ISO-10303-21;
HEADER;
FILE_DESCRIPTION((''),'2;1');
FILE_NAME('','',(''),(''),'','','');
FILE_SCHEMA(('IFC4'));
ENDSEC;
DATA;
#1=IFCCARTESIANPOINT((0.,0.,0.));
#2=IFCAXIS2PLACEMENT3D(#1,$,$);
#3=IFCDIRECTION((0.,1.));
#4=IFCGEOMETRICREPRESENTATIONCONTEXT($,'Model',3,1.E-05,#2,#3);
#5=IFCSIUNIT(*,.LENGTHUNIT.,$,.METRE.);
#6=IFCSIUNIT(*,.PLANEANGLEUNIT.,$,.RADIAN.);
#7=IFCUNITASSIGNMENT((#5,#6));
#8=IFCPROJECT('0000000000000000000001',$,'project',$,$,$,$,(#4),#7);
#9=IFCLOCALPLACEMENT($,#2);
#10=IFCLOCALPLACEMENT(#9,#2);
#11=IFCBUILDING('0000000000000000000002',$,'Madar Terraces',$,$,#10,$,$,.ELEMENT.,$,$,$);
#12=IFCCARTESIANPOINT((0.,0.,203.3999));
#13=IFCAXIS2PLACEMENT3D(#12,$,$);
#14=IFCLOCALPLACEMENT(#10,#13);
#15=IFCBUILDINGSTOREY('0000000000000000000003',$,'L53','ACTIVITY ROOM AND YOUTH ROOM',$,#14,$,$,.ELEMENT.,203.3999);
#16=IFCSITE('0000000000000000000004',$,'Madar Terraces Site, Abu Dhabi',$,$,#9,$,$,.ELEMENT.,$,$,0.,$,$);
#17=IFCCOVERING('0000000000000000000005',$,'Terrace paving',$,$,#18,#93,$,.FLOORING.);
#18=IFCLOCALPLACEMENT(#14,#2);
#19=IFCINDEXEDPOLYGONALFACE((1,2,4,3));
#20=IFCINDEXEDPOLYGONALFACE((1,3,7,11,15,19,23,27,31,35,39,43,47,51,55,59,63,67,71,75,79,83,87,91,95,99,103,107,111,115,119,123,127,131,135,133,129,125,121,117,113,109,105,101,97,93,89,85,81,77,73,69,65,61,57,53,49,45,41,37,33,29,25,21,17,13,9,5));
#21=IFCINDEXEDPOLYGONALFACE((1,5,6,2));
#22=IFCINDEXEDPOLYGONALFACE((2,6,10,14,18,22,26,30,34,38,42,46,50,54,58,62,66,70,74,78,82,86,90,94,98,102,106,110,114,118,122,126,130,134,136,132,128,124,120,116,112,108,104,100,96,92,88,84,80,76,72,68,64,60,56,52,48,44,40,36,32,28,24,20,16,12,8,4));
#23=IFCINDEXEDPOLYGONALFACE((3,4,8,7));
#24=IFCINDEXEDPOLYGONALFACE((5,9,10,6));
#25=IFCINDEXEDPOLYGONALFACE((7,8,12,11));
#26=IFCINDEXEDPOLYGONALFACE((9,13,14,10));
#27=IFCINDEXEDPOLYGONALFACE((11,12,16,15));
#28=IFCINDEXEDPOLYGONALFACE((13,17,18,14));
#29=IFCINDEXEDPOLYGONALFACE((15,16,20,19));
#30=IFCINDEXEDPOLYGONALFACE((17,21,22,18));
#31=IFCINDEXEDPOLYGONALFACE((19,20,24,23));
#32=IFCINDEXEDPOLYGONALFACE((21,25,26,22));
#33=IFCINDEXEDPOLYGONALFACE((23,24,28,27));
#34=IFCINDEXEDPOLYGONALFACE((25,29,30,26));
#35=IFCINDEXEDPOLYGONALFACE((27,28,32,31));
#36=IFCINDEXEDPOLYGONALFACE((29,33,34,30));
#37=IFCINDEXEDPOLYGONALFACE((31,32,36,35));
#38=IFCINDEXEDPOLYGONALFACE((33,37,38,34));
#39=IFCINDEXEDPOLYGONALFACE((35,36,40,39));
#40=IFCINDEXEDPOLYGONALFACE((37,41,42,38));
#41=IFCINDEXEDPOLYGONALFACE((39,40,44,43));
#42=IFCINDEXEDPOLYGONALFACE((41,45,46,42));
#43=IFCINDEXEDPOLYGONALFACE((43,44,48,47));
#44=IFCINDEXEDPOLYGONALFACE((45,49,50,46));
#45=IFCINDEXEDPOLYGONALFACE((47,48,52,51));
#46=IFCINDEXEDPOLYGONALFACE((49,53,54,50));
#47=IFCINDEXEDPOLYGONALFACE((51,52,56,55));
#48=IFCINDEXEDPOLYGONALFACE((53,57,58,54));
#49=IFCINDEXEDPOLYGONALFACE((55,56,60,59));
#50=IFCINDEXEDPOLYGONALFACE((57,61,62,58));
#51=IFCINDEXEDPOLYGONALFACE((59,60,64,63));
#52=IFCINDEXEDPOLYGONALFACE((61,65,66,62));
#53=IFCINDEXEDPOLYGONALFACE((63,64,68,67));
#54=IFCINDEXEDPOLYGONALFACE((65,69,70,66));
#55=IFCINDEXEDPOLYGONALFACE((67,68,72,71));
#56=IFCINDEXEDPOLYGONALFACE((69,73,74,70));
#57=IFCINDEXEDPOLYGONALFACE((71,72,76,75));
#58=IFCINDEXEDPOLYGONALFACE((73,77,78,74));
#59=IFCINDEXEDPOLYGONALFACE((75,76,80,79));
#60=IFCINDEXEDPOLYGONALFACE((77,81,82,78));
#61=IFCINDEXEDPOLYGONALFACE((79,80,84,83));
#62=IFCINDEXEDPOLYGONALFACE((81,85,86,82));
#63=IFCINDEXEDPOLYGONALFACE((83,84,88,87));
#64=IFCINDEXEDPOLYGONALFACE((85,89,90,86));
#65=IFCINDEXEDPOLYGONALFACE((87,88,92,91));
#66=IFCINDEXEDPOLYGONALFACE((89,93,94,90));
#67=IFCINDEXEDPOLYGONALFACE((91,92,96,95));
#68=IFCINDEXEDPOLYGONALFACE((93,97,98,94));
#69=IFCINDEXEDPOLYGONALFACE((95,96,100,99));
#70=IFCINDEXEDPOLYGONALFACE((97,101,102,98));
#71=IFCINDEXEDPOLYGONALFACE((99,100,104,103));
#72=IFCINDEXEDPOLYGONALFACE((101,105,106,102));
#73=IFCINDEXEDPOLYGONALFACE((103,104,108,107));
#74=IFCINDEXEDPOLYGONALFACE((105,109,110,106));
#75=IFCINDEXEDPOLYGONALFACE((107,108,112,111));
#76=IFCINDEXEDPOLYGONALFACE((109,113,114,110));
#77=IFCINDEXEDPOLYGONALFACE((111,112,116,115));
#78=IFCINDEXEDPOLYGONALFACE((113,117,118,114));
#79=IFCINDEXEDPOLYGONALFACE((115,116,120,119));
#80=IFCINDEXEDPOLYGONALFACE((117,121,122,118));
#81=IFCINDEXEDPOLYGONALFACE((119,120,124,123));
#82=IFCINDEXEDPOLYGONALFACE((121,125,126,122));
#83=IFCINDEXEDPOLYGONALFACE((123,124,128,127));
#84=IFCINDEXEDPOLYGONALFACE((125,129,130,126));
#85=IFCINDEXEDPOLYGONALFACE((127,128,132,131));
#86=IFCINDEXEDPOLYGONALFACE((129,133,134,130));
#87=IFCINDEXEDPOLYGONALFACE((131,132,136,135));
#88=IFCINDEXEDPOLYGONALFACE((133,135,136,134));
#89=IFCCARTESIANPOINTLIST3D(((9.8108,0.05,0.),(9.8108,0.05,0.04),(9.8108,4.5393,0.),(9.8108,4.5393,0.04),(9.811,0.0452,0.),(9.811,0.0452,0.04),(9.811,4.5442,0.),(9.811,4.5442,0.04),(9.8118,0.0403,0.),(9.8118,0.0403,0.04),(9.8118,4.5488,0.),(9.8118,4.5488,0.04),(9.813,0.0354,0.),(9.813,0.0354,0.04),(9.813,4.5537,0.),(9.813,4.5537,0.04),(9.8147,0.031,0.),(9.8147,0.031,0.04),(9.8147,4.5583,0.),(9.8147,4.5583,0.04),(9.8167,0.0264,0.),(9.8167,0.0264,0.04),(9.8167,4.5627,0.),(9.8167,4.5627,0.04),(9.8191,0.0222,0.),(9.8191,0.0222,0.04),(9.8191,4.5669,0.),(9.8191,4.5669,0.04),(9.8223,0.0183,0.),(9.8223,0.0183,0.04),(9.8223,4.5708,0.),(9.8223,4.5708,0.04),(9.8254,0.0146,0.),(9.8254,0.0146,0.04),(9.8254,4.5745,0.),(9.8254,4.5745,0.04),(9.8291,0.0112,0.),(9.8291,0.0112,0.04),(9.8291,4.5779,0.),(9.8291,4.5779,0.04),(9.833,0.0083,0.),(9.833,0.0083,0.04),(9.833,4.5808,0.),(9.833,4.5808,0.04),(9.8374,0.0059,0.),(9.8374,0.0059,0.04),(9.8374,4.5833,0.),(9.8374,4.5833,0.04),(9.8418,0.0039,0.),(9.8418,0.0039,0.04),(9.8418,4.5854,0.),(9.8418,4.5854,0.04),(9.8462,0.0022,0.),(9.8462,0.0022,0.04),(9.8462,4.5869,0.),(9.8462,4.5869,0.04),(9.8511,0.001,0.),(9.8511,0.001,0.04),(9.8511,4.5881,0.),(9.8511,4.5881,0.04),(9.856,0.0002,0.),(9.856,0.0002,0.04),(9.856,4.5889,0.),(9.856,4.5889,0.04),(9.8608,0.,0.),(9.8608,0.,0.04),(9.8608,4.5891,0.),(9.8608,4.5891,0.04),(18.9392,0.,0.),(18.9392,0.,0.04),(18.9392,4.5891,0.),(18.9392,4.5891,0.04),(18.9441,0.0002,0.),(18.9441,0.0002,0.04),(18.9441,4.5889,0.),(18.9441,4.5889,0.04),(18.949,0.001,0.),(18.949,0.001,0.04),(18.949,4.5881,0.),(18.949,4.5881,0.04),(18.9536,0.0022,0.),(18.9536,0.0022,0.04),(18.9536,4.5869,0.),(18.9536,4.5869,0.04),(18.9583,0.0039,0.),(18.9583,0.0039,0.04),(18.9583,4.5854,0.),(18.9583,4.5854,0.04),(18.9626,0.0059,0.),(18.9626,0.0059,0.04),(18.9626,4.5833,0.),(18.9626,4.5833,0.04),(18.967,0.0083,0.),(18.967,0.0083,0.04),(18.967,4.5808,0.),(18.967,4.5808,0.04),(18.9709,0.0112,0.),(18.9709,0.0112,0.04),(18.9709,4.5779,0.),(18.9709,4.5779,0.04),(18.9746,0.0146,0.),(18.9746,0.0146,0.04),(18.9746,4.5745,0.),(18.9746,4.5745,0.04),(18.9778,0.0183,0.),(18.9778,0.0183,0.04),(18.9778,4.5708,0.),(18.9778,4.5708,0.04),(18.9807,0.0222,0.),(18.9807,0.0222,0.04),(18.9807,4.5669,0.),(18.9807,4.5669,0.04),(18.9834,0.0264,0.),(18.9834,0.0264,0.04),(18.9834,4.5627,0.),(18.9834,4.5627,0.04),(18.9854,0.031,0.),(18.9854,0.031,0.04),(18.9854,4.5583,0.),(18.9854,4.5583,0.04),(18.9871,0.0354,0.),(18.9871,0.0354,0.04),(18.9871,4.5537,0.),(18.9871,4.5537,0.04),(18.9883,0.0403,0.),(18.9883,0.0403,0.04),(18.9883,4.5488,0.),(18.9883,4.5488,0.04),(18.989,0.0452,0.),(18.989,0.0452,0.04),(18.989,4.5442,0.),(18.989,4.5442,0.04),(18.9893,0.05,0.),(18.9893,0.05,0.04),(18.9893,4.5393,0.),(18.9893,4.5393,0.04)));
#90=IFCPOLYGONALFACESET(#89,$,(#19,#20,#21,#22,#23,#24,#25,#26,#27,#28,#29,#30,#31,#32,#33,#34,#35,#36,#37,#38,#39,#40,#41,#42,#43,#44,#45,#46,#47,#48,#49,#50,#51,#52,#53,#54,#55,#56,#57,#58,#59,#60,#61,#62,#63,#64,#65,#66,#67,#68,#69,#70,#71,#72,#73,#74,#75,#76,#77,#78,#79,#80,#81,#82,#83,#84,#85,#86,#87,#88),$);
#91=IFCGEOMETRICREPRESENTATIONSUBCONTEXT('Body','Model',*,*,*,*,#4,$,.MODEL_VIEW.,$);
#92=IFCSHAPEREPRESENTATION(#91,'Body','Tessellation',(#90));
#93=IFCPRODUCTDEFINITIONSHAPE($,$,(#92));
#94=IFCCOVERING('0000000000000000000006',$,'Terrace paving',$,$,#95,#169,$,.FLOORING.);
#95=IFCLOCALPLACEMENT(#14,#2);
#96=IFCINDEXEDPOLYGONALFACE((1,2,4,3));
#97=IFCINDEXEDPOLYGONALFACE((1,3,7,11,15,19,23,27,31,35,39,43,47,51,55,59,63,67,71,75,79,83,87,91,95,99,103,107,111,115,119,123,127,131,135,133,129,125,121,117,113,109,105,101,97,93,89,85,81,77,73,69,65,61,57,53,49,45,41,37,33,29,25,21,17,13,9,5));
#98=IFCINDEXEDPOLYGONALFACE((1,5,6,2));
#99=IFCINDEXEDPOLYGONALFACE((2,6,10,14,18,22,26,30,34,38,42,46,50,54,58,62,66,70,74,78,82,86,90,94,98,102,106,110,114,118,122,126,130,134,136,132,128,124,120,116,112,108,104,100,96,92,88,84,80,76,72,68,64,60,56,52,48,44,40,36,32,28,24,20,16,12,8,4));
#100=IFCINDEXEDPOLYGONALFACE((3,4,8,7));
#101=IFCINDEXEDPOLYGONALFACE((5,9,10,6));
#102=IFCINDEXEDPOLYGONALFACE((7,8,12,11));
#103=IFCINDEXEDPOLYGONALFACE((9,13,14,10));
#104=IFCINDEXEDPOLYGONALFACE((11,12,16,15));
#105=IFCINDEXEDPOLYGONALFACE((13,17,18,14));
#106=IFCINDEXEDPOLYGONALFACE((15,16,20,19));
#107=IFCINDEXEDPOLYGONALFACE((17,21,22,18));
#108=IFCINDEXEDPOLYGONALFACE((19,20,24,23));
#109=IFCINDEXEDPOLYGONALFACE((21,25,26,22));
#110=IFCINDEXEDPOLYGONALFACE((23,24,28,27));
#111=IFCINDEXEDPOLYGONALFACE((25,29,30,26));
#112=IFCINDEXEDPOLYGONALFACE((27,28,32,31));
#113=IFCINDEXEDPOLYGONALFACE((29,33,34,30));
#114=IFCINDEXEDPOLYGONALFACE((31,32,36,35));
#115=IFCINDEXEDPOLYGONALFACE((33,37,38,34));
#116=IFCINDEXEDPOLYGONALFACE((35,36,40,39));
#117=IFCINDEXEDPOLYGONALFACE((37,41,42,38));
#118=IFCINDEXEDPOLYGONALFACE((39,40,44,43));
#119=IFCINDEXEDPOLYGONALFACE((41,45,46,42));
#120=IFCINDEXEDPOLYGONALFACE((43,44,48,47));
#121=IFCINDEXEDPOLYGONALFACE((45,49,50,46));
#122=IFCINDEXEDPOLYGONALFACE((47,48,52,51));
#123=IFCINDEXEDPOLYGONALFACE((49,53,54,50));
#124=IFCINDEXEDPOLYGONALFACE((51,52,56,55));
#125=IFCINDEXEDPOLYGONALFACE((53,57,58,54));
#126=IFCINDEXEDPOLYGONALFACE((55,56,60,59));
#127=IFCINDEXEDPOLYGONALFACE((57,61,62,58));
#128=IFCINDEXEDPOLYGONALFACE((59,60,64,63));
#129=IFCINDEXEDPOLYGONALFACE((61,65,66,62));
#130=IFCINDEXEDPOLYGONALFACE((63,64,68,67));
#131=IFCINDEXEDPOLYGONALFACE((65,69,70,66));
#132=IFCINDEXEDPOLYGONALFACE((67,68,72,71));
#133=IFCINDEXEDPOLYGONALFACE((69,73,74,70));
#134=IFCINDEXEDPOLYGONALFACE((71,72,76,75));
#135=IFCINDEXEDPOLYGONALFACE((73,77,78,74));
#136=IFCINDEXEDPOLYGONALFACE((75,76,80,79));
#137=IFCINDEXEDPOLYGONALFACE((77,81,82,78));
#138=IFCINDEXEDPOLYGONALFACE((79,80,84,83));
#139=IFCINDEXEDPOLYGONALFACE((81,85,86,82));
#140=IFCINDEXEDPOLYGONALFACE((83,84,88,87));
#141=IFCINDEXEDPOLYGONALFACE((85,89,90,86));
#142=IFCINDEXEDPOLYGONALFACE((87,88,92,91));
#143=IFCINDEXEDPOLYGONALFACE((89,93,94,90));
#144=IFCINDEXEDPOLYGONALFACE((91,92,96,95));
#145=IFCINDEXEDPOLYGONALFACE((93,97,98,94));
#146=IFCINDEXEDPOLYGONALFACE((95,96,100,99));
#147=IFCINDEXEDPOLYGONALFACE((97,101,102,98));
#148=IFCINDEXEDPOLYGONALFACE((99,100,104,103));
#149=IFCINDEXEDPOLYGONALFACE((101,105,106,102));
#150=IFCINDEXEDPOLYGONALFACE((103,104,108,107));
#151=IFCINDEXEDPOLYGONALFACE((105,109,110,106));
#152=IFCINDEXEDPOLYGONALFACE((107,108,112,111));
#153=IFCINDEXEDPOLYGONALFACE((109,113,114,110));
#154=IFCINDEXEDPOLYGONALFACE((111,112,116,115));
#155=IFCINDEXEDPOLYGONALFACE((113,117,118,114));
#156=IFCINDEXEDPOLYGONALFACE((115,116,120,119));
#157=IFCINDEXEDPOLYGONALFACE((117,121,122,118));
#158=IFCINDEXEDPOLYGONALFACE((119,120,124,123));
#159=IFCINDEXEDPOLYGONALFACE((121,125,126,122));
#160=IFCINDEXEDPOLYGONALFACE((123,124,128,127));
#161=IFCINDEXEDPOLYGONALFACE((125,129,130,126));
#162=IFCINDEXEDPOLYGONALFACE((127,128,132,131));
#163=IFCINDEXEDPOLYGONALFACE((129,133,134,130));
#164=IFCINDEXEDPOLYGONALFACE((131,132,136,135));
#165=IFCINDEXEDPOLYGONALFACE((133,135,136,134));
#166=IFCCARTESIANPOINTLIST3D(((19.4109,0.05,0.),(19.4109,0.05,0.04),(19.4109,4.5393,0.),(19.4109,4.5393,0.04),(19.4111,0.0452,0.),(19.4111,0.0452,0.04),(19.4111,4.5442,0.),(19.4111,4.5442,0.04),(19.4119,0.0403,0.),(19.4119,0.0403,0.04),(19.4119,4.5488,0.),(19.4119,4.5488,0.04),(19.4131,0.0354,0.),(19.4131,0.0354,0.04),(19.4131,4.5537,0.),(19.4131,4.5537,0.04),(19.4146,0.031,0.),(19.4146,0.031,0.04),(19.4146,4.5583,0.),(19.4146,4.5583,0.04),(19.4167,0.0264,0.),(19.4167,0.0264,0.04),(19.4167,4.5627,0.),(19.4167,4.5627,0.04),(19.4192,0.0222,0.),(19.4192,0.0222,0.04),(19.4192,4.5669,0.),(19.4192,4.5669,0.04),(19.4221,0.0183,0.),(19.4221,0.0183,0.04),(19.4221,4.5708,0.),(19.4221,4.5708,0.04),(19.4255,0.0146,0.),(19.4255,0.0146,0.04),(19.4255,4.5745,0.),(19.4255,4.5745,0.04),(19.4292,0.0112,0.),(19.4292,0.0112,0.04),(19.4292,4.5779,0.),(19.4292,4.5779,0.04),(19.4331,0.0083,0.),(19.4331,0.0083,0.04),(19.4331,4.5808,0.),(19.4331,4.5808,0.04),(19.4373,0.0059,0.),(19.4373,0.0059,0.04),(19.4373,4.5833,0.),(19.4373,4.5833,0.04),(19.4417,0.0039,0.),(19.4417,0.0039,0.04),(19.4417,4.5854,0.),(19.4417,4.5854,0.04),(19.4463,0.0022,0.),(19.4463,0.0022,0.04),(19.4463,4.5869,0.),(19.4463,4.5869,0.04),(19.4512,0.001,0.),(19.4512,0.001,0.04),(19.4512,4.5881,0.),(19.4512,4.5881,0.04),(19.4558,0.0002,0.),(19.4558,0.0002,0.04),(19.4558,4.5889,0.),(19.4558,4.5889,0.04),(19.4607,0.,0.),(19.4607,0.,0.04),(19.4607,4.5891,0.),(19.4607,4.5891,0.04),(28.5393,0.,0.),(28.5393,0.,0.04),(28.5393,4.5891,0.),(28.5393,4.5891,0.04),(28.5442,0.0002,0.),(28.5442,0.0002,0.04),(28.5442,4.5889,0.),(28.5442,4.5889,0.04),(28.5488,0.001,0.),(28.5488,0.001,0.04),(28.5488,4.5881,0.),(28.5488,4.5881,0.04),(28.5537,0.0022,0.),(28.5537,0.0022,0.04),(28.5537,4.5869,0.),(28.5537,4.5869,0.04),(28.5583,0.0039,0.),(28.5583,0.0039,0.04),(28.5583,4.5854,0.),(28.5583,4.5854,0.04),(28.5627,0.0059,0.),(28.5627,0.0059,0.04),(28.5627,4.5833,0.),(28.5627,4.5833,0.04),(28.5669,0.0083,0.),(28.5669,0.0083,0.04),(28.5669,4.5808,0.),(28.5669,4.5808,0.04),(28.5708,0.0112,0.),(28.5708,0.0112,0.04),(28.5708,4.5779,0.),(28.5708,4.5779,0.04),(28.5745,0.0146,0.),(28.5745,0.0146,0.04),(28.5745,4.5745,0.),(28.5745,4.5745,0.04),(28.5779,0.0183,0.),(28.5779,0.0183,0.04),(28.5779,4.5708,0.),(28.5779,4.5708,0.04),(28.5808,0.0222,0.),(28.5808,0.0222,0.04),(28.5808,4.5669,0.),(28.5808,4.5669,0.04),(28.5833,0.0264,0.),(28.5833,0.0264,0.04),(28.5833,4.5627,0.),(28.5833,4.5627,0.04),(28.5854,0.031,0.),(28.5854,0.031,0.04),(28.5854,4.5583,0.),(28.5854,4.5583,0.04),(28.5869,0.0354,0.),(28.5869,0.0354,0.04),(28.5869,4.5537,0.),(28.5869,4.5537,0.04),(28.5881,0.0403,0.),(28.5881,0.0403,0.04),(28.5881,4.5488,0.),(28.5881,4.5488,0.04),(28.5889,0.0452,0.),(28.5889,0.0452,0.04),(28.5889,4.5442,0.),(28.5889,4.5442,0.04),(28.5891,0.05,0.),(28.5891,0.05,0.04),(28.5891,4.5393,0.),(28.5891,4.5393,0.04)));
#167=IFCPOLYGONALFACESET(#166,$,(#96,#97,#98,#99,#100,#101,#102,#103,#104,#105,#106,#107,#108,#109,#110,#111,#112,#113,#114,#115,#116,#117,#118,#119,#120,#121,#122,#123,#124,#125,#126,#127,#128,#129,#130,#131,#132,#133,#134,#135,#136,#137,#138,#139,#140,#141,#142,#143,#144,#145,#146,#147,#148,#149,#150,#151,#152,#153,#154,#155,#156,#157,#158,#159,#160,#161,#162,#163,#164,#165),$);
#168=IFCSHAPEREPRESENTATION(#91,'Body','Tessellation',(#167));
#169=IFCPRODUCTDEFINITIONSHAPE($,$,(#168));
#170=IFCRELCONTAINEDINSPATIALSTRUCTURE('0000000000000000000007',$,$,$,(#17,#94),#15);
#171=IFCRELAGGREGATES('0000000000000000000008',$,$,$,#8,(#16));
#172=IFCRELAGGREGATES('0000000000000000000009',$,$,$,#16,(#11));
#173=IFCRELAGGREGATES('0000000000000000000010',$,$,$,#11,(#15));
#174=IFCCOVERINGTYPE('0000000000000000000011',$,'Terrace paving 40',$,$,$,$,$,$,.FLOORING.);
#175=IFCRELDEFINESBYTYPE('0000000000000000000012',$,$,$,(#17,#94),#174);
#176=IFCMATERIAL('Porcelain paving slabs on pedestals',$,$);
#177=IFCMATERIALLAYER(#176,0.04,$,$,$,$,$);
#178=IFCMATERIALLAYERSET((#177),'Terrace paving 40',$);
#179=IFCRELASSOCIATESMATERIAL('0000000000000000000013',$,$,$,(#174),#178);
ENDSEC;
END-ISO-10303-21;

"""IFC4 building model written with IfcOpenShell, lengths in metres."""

from ifc_helpers import new_model, si_unit, direction, frame, origin, place, context, subcontext, project, spatial, polyline, outline, extrude, material, layer, layer_set, type_object, element, save


model = new_model("IFC4")

# Units and contexts
model_context = context("Model", 3, precision=1e-05, world=origin(), true_north=direction((0.0, 1.0)))
body_context = subcontext(model_context, "Body", "Model", "MODEL_VIEW")
ifc_project = project(units=[si_unit("LENGTHUNIT", "METRE"), si_unit("PLANEANGLEUNIT", "RADIAN")], contexts=[model_context])

# Site, building, storey
site_placement = place(None, origin())
site = spatial("IfcSite", under=ifc_project, at=site_placement, Name="Madar Terraces Site, Abu Dhabi", CompositionType="ELEMENT", RefElevation=0.0)
building_placement = place(site_placement, origin())
building = spatial("IfcBuilding", under=site, at=building_placement, Name="Madar Terraces", CompositionType="ELEMENT")
storey_placement = place(building_placement, frame((0.0, 0.0, 203.3999)))
storey = spatial("IfcBuildingStorey", under=building, at=storey_placement, Name="L53", Description="ACTIVITY ROOM AND YOUTH ROOM", CompositionType="ELEMENT", Elevation=203.3999)

# Coverings
ifc_material_1 = material(Name="Porcelain paving slabs on pedestals")
ifc_layer_1 = layer(ifc_material_1, 0.04)
ifc_layer_set_1 = layer_set([ifc_layer_1], Name="Terrace paving 40")
covering_type = type_object("IfcCoveringType", Name="Terrace paving 40", PredefinedType="FLOORING", material=ifc_layer_set_1)
covering_1_placement = place(storey_placement, origin())
element("IfcCovering", 1, at=covering_1_placement, inside=storey, type_object=covering_type, Name="Terrace paving", PredefinedType="FLOORING", context=body_context, shape_type="SweptSolid", body=[
    extrude(outline(polyline([(9.8511, 0.001), (9.8462, 0.0022), (9.8418, 0.0039), (9.8374, 0.0059), (9.833, 0.0083), (9.8291, 0.0112), (9.8254, 0.0146), (9.8223, 0.0183), (9.8191, 0.0222), (9.8167, 0.0264), (9.8147, 0.031), (9.813, 0.0354), (9.8118, 0.0403), (9.811, 0.0452), (9.8108, 0.05), (9.8108, 4.5393), (9.811, 4.5442), (9.8118, 4.5488), (9.813, 4.5537), (9.8147, 4.5583), (9.8167, 4.5627), (9.8191, 4.5669), (9.8223, 4.5708), (9.8254, 4.5745), (9.8291, 4.5779), (9.833, 4.5808), (9.8374, 4.5833), (9.8418, 4.5854), (9.8462, 4.5869), (9.8511, 4.5881), (9.856, 4.5889), (9.8608, 4.5891), (18.9392, 4.5891), (18.9441, 4.5889), (18.949, 4.5881), (18.9536, 4.5869), (18.9583, 4.5854), (18.9626, 4.5833), (18.967, 4.5808), (18.9709, 4.5779), (18.9746, 4.5745), (18.9778, 4.5708), (18.9807, 4.5669), (18.9834, 4.5627), (18.9854, 4.5583), (18.9871, 4.5537), (18.9883, 4.5488), (18.989, 4.5442), (18.9893, 4.5393), (18.9893, 0.05), (18.989, 0.0452), (18.9883, 0.0403), (18.9871, 0.0354), (18.9854, 0.031), (18.9834, 0.0264), (18.9807, 0.0222), (18.9778, 0.0183), (18.9746, 0.0146), (18.9709, 0.0112), (18.967, 0.0083), (18.9626, 0.0059), (18.9583, 0.0039), (18.9536, 0.0022), (18.949, 0.001), (18.9441, 0.0002), (18.9392, 0.0), (9.8608, 0.0), (9.856, 0.0002), (9.8511, 0.001)])), origin(), (0.0, 0.0, 1.0), 0.04),
])
covering_2_placement = place(storey_placement, origin())
element("IfcCovering", 2, at=covering_2_placement, inside=storey, type_object=covering_type, Name="Terrace paving", PredefinedType="FLOORING", context=body_context, shape_type="SweptSolid", body=[
    extrude(outline(polyline([(19.4463, 0.0022), (19.4417, 0.0039), (19.4373, 0.0059), (19.4331, 0.0083), (19.4292, 0.0112), (19.4255, 0.0146), (19.4221, 0.0183), (19.4192, 0.0222), (19.4167, 0.0264), (19.4146, 0.031), (19.4131, 0.0354), (19.4119, 0.0403), (19.4111, 0.0452), (19.4109, 0.05), (19.4109, 4.5393), (19.4111, 4.5442), (19.4119, 4.5488), (19.4131, 4.5537), (19.4146, 4.5583), (19.4167, 4.5627), (19.4192, 4.5669), (19.4221, 4.5708), (19.4255, 4.5745), (19.4292, 4.5779), (19.4331, 4.5808), (19.4373, 4.5833), (19.4417, 4.5854), (19.4463, 4.5869), (19.4512, 4.5881), (19.4558, 4.5889), (19.4607, 4.5891), (28.5393, 4.5891), (28.5442, 4.5889), (28.5488, 4.5881), (28.5537, 4.5869), (28.5583, 4.5854), (28.5627, 4.5833), (28.5669, 4.5808), (28.5708, 4.5779), (28.5745, 4.5745), (28.5779, 4.5708), (28.5808, 4.5669), (28.5833, 4.5627), (28.5854, 4.5583), (28.5869, 4.5537), (28.5881, 4.5488), (28.5889, 4.5442), (28.5891, 4.5393), (28.5891, 0.05), (28.5889, 0.0452), (28.5881, 0.0403), (28.5869, 0.0354), (28.5854, 0.031), (28.5833, 0.0264), (28.5808, 0.0222), (28.5779, 0.0183), (28.5745, 0.0146), (28.5708, 0.0112), (28.5669, 0.0083), (28.5627, 0.0059), (28.5583, 0.0039), (28.5537, 0.0022), (28.5488, 0.001), (28.5442, 0.0002), (28.5393, 0.0), (19.4607, 0.0), (19.4558, 0.0002), (19.4512, 0.001), (19.4463, 0.0022)])), origin(), (0.0, 0.0, 1.0), 0.04),
])

save(model, "model.ifc")
